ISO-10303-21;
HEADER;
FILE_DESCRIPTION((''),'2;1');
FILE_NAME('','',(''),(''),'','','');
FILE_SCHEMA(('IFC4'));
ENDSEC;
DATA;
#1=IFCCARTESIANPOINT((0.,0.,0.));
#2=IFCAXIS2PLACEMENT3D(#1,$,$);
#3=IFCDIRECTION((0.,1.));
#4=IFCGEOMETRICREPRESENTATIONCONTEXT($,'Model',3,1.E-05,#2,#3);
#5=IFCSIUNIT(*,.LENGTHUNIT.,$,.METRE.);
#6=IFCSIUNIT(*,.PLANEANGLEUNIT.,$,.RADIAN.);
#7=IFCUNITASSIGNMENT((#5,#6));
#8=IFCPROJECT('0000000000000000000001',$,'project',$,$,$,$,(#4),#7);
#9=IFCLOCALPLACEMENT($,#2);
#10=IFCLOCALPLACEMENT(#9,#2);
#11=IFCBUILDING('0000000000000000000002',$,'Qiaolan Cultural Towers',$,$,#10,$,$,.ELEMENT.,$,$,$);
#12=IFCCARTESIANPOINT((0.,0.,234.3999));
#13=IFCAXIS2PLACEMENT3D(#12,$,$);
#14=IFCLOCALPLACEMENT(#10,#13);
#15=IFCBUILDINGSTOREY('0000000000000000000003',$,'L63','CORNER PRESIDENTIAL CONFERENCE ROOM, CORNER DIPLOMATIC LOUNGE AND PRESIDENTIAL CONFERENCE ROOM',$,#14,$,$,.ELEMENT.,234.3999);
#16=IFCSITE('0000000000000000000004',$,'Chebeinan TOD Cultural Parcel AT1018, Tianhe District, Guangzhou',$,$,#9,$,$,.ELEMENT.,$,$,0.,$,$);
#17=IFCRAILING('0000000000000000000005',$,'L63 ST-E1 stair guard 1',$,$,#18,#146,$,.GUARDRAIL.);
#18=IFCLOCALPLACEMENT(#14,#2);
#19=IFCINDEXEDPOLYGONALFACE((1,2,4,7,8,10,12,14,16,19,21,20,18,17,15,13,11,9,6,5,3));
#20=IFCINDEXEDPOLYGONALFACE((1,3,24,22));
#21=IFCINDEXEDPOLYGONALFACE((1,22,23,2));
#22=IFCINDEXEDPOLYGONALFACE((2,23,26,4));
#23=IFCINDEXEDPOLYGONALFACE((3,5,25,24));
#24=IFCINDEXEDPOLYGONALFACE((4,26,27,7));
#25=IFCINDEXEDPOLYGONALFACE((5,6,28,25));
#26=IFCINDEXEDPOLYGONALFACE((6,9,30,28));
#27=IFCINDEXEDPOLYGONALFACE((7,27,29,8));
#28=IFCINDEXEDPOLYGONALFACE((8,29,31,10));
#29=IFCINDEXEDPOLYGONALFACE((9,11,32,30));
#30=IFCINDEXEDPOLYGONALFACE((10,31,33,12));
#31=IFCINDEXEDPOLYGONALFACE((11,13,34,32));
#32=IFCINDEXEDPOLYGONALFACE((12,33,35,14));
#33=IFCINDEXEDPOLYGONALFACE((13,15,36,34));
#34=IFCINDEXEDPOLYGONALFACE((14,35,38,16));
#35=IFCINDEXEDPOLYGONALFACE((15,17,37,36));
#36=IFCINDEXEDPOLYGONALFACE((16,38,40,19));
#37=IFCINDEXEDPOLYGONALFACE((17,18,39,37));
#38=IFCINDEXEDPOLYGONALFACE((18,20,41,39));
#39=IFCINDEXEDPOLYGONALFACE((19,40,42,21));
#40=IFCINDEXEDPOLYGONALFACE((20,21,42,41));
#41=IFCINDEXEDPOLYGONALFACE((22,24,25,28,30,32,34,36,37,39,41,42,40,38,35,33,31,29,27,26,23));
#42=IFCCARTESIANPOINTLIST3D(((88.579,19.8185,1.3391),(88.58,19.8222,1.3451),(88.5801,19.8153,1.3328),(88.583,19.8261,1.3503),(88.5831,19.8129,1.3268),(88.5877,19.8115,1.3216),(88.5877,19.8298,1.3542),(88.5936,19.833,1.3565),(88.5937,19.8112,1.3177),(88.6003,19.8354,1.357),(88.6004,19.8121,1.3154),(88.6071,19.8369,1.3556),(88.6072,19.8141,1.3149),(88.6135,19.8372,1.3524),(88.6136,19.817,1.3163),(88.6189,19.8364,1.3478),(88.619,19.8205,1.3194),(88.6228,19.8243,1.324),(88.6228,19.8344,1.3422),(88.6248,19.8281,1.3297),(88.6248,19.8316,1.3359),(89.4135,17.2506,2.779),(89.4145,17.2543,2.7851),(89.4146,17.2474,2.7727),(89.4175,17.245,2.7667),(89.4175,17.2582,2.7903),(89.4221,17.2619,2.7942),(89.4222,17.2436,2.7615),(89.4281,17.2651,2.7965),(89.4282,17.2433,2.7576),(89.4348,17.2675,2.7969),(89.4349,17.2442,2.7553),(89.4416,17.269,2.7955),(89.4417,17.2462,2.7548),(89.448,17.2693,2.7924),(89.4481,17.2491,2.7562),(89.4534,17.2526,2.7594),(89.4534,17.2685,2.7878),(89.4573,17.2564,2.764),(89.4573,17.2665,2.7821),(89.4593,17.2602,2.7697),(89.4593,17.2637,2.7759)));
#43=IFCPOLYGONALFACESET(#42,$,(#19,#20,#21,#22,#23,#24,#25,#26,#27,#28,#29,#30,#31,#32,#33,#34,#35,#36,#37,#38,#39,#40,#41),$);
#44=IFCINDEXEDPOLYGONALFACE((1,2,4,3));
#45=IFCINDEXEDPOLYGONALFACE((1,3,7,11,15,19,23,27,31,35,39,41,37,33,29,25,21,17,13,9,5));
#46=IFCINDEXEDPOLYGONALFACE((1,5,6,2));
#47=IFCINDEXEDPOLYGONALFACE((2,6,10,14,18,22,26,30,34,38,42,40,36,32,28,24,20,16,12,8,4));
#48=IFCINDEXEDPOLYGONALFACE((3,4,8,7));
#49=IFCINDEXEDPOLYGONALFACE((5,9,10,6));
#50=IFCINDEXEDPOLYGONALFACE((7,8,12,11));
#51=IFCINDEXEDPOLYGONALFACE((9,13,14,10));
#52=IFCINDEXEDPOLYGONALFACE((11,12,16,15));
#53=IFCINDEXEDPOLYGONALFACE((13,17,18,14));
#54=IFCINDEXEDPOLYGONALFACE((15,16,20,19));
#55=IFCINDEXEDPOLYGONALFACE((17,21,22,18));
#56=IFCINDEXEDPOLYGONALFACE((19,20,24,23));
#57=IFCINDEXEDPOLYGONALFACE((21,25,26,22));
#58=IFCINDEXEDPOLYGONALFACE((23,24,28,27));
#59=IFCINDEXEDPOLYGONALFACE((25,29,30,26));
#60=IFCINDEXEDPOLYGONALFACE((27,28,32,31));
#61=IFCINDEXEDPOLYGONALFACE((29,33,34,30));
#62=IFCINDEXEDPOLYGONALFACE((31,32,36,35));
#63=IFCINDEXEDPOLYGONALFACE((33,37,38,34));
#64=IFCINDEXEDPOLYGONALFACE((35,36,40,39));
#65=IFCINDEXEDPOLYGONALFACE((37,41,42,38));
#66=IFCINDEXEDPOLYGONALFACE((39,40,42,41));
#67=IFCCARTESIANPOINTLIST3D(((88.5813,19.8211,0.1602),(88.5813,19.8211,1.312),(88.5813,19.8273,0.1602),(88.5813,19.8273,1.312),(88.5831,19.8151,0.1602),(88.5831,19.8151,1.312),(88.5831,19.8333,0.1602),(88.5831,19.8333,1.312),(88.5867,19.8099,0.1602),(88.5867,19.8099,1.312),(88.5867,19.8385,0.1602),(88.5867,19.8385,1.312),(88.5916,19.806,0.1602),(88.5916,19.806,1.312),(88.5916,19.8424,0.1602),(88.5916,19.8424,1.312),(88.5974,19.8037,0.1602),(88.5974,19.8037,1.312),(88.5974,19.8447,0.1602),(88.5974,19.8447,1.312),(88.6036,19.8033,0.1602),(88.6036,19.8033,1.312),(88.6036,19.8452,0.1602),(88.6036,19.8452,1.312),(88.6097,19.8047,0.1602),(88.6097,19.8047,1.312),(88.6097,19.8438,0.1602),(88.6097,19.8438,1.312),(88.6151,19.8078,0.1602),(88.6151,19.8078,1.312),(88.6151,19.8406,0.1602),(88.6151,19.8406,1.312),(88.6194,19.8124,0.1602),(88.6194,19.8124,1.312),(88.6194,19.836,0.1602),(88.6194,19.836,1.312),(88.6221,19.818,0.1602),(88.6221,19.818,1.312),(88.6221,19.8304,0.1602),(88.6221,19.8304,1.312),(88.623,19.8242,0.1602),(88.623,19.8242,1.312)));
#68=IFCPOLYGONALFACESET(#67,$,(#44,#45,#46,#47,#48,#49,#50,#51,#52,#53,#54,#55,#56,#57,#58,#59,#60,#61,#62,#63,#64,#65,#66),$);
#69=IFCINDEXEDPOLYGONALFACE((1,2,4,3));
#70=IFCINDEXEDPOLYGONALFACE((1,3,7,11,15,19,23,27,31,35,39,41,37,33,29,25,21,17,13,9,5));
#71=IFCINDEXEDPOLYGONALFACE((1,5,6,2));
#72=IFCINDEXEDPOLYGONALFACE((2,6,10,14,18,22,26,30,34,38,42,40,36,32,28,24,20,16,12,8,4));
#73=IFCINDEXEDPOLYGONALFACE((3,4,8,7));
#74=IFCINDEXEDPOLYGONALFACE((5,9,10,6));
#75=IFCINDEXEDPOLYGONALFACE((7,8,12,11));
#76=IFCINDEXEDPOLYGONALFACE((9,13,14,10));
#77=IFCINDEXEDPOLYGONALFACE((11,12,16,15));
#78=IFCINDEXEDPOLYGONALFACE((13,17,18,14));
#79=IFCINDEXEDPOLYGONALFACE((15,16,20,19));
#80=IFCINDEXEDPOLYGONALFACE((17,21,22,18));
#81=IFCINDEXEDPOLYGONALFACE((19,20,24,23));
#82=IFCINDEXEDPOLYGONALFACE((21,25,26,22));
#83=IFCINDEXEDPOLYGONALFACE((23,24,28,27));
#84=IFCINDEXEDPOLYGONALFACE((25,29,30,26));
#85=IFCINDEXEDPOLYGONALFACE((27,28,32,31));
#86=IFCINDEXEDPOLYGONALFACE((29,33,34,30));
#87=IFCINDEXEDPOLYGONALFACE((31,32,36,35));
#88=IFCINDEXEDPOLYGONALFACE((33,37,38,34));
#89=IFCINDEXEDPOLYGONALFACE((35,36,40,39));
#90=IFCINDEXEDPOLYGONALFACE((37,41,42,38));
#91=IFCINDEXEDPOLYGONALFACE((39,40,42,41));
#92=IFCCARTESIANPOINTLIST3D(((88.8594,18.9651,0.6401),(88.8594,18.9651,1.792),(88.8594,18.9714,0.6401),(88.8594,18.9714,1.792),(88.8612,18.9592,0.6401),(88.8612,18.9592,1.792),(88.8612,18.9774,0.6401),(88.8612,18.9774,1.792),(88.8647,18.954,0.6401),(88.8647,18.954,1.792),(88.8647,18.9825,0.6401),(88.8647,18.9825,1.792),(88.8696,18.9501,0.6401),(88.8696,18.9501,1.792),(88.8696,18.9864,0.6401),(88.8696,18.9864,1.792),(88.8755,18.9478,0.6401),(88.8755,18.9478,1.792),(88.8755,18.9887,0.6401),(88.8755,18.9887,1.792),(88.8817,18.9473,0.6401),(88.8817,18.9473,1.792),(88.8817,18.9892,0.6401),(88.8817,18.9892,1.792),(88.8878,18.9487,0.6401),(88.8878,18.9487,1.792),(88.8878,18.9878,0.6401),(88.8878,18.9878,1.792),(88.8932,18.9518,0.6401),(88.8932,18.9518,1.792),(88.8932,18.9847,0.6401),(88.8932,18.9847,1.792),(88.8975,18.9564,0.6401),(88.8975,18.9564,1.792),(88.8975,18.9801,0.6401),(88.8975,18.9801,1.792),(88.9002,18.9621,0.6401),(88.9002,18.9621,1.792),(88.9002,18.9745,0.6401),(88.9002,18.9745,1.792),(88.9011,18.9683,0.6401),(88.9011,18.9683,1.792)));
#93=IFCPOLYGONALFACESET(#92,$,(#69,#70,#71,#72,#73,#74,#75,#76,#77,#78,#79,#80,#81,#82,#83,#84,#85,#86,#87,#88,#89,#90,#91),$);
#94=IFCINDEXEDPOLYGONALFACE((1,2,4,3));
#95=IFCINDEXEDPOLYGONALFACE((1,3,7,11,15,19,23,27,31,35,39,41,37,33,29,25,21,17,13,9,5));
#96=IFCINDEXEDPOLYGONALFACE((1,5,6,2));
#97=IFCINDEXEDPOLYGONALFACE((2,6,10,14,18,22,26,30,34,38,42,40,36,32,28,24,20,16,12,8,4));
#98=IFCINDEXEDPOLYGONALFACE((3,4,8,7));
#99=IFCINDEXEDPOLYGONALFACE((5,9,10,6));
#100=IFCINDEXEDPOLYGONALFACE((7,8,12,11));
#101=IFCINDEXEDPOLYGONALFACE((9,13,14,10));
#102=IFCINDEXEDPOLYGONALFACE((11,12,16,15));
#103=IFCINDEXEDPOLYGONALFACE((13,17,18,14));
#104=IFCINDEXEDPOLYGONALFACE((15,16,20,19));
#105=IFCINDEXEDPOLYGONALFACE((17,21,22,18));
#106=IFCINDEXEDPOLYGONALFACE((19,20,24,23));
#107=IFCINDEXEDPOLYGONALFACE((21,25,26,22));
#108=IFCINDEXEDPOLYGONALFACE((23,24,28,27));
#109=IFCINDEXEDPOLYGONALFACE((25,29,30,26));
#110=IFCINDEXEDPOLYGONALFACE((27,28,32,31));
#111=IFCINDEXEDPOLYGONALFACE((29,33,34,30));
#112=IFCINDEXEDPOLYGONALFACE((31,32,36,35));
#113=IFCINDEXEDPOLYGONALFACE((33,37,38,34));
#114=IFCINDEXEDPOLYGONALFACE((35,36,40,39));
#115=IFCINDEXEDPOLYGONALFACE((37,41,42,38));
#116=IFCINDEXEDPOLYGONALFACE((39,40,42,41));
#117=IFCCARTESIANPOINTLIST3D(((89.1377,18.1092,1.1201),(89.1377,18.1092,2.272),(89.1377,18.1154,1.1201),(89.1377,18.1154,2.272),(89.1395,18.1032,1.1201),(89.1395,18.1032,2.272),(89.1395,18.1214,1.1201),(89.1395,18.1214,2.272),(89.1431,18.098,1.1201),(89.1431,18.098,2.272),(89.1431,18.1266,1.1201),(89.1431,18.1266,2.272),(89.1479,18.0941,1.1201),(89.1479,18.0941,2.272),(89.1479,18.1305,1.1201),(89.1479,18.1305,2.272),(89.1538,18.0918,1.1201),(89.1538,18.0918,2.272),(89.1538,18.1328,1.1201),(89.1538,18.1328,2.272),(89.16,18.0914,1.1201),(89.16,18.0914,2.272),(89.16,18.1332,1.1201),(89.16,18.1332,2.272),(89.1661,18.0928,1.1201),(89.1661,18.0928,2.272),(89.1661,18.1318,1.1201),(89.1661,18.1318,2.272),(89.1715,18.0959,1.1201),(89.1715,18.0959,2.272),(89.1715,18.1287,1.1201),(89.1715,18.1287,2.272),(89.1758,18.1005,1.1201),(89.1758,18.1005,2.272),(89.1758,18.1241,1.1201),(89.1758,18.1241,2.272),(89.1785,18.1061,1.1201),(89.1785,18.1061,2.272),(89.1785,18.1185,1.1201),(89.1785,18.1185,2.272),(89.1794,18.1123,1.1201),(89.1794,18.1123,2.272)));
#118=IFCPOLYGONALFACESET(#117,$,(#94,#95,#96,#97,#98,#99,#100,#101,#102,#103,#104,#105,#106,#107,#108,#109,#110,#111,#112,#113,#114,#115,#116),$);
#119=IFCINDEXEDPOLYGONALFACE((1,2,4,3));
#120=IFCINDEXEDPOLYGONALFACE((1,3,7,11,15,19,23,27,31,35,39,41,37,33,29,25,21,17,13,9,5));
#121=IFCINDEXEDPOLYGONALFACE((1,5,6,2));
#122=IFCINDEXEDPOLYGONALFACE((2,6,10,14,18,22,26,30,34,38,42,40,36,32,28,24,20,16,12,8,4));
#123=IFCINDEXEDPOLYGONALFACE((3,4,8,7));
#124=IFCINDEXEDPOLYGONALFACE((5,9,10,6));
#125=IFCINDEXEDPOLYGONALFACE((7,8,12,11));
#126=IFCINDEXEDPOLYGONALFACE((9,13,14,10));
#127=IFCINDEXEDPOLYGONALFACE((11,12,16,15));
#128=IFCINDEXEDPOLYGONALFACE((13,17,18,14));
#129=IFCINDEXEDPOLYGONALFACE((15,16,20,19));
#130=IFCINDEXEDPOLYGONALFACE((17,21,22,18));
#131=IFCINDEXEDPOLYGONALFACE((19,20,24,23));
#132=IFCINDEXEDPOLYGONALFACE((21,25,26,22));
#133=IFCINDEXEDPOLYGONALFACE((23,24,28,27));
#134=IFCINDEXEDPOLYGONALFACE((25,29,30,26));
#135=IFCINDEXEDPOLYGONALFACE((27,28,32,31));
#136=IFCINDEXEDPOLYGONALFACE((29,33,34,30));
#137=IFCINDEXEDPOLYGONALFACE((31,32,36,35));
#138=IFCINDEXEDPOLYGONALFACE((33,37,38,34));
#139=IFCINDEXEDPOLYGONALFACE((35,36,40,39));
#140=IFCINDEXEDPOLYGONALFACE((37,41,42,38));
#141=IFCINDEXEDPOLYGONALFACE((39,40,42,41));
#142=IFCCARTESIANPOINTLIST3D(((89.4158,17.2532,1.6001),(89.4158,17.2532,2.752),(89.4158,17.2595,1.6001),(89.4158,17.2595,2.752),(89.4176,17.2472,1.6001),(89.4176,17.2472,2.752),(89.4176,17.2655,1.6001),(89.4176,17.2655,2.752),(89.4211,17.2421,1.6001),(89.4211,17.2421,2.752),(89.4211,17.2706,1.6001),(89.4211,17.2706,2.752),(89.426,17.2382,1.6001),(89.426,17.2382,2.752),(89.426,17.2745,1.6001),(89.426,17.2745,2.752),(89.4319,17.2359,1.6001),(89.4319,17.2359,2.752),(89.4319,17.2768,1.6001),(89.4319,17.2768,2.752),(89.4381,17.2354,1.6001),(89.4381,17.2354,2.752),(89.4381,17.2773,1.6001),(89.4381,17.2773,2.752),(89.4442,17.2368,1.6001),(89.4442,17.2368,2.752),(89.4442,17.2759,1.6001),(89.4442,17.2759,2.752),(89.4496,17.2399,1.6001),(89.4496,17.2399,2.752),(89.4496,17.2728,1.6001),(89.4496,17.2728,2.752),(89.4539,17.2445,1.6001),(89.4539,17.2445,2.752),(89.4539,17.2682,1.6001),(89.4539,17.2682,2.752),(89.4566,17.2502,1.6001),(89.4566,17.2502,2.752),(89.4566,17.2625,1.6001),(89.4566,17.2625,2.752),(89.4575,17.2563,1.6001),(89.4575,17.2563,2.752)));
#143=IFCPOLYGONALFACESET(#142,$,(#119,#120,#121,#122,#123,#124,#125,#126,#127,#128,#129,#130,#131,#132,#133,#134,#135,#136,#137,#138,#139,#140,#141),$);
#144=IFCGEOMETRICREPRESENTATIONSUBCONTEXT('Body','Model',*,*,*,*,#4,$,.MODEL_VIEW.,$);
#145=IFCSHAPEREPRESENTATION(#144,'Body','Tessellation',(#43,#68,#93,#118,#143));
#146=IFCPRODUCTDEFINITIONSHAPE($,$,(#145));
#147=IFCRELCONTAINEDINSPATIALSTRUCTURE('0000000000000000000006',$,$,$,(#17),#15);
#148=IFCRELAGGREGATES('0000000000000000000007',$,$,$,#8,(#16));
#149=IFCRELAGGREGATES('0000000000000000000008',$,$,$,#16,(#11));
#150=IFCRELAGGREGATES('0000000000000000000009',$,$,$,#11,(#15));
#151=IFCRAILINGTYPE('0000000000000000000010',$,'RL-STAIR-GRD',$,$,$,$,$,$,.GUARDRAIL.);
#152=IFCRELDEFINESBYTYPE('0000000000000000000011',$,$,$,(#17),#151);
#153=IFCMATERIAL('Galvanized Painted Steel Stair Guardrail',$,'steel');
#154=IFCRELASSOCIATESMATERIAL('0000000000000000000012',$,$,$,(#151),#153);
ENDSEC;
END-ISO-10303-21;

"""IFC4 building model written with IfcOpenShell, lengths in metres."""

from ifc_helpers import new_model, si_unit, direction, frame, origin, origin_2d, place, context, subcontext, project, spatial, circle, extrude, material, type_object, element, save


model = new_model("IFC4")

# Units and contexts
model_context = context("Model", 3, precision=1e-05, world=origin(), true_north=direction((0.0, 1.0)))
body_context = subcontext(model_context, "Body", "Model", "MODEL_VIEW")
ifc_project = project(units=[si_unit("LENGTHUNIT", "METRE"), si_unit("PLANEANGLEUNIT", "RADIAN")], contexts=[model_context])

# Site, building, storey
site_placement = place(None, origin())
site = spatial("IfcSite", under=ifc_project, at=site_placement, Name="Chebeinan TOD Cultural Parcel AT1018, Tianhe District, Guangzhou", CompositionType="ELEMENT", RefElevation=0.0)
building_placement = place(site_placement, origin())
building = spatial("IfcBuilding", under=site, at=building_placement, Name="Qiaolan Cultural Towers", CompositionType="ELEMENT")
storey_placement = place(building_placement, frame((0.0, 0.0, 234.3999)))
storey = spatial("IfcBuildingStorey", under=building, at=storey_placement, Name="L63", Description="CORNER PRESIDENTIAL CONFERENCE ROOM, CORNER DIPLOMATIC LOUNGE AND PRESIDENTIAL CONFERENCE ROOM", CompositionType="ELEMENT", Elevation=234.3999)

# Railing
ifc_material_1 = material(Name="Galvanized Painted Steel Stair Guardrail", Category="steel")
railing_type_1 = type_object("IfcRailingType", Name="RL-STAIR-GRD", PredefinedType="GUARDRAIL", material=ifc_material_1)
railing_1_placement = place(storey_placement, frame((88.6021, 19.8242, 0.1602)))
element("IfcRailing", 1, at=railing_1_placement, inside=storey, type_object=railing_type_1, Name="L63 ST-E1 stair guard 1", PredefinedType="GUARDRAIL", context=body_context, shape_type="SweptSolid", body=[
    extrude(circle(Radius=0.0239, at=origin_2d()), frame((0.0, 0.0, 1.1758), z_axis=(0.272701, -0.839167, 0.470566), x_axis=(0.951043, 0.309057, 0.0)), (0.0, 0.0, 1.0), 3.0601),
    extrude(circle(Radius=0.021, at=origin_2d()), origin(), (0.0, 0.0, 1.0), 1.1519),
    extrude(circle(Radius=0.021, at=origin_2d()), frame((0.2781, -0.856, 0.48)), (0.0, 0.0, 1.0), 1.1519),
    extrude(circle(Radius=0.021, at=origin_2d()), frame((0.5564, -1.7119, 0.96)), (0.0, 0.0, 1.0), 1.1519),
    extrude(circle(Radius=0.021, at=origin_2d()), frame((0.8345, -2.5679, 1.4399)), (0.0, 0.0, 1.0), 1.1519),
])

save(model, "model.ifc")
